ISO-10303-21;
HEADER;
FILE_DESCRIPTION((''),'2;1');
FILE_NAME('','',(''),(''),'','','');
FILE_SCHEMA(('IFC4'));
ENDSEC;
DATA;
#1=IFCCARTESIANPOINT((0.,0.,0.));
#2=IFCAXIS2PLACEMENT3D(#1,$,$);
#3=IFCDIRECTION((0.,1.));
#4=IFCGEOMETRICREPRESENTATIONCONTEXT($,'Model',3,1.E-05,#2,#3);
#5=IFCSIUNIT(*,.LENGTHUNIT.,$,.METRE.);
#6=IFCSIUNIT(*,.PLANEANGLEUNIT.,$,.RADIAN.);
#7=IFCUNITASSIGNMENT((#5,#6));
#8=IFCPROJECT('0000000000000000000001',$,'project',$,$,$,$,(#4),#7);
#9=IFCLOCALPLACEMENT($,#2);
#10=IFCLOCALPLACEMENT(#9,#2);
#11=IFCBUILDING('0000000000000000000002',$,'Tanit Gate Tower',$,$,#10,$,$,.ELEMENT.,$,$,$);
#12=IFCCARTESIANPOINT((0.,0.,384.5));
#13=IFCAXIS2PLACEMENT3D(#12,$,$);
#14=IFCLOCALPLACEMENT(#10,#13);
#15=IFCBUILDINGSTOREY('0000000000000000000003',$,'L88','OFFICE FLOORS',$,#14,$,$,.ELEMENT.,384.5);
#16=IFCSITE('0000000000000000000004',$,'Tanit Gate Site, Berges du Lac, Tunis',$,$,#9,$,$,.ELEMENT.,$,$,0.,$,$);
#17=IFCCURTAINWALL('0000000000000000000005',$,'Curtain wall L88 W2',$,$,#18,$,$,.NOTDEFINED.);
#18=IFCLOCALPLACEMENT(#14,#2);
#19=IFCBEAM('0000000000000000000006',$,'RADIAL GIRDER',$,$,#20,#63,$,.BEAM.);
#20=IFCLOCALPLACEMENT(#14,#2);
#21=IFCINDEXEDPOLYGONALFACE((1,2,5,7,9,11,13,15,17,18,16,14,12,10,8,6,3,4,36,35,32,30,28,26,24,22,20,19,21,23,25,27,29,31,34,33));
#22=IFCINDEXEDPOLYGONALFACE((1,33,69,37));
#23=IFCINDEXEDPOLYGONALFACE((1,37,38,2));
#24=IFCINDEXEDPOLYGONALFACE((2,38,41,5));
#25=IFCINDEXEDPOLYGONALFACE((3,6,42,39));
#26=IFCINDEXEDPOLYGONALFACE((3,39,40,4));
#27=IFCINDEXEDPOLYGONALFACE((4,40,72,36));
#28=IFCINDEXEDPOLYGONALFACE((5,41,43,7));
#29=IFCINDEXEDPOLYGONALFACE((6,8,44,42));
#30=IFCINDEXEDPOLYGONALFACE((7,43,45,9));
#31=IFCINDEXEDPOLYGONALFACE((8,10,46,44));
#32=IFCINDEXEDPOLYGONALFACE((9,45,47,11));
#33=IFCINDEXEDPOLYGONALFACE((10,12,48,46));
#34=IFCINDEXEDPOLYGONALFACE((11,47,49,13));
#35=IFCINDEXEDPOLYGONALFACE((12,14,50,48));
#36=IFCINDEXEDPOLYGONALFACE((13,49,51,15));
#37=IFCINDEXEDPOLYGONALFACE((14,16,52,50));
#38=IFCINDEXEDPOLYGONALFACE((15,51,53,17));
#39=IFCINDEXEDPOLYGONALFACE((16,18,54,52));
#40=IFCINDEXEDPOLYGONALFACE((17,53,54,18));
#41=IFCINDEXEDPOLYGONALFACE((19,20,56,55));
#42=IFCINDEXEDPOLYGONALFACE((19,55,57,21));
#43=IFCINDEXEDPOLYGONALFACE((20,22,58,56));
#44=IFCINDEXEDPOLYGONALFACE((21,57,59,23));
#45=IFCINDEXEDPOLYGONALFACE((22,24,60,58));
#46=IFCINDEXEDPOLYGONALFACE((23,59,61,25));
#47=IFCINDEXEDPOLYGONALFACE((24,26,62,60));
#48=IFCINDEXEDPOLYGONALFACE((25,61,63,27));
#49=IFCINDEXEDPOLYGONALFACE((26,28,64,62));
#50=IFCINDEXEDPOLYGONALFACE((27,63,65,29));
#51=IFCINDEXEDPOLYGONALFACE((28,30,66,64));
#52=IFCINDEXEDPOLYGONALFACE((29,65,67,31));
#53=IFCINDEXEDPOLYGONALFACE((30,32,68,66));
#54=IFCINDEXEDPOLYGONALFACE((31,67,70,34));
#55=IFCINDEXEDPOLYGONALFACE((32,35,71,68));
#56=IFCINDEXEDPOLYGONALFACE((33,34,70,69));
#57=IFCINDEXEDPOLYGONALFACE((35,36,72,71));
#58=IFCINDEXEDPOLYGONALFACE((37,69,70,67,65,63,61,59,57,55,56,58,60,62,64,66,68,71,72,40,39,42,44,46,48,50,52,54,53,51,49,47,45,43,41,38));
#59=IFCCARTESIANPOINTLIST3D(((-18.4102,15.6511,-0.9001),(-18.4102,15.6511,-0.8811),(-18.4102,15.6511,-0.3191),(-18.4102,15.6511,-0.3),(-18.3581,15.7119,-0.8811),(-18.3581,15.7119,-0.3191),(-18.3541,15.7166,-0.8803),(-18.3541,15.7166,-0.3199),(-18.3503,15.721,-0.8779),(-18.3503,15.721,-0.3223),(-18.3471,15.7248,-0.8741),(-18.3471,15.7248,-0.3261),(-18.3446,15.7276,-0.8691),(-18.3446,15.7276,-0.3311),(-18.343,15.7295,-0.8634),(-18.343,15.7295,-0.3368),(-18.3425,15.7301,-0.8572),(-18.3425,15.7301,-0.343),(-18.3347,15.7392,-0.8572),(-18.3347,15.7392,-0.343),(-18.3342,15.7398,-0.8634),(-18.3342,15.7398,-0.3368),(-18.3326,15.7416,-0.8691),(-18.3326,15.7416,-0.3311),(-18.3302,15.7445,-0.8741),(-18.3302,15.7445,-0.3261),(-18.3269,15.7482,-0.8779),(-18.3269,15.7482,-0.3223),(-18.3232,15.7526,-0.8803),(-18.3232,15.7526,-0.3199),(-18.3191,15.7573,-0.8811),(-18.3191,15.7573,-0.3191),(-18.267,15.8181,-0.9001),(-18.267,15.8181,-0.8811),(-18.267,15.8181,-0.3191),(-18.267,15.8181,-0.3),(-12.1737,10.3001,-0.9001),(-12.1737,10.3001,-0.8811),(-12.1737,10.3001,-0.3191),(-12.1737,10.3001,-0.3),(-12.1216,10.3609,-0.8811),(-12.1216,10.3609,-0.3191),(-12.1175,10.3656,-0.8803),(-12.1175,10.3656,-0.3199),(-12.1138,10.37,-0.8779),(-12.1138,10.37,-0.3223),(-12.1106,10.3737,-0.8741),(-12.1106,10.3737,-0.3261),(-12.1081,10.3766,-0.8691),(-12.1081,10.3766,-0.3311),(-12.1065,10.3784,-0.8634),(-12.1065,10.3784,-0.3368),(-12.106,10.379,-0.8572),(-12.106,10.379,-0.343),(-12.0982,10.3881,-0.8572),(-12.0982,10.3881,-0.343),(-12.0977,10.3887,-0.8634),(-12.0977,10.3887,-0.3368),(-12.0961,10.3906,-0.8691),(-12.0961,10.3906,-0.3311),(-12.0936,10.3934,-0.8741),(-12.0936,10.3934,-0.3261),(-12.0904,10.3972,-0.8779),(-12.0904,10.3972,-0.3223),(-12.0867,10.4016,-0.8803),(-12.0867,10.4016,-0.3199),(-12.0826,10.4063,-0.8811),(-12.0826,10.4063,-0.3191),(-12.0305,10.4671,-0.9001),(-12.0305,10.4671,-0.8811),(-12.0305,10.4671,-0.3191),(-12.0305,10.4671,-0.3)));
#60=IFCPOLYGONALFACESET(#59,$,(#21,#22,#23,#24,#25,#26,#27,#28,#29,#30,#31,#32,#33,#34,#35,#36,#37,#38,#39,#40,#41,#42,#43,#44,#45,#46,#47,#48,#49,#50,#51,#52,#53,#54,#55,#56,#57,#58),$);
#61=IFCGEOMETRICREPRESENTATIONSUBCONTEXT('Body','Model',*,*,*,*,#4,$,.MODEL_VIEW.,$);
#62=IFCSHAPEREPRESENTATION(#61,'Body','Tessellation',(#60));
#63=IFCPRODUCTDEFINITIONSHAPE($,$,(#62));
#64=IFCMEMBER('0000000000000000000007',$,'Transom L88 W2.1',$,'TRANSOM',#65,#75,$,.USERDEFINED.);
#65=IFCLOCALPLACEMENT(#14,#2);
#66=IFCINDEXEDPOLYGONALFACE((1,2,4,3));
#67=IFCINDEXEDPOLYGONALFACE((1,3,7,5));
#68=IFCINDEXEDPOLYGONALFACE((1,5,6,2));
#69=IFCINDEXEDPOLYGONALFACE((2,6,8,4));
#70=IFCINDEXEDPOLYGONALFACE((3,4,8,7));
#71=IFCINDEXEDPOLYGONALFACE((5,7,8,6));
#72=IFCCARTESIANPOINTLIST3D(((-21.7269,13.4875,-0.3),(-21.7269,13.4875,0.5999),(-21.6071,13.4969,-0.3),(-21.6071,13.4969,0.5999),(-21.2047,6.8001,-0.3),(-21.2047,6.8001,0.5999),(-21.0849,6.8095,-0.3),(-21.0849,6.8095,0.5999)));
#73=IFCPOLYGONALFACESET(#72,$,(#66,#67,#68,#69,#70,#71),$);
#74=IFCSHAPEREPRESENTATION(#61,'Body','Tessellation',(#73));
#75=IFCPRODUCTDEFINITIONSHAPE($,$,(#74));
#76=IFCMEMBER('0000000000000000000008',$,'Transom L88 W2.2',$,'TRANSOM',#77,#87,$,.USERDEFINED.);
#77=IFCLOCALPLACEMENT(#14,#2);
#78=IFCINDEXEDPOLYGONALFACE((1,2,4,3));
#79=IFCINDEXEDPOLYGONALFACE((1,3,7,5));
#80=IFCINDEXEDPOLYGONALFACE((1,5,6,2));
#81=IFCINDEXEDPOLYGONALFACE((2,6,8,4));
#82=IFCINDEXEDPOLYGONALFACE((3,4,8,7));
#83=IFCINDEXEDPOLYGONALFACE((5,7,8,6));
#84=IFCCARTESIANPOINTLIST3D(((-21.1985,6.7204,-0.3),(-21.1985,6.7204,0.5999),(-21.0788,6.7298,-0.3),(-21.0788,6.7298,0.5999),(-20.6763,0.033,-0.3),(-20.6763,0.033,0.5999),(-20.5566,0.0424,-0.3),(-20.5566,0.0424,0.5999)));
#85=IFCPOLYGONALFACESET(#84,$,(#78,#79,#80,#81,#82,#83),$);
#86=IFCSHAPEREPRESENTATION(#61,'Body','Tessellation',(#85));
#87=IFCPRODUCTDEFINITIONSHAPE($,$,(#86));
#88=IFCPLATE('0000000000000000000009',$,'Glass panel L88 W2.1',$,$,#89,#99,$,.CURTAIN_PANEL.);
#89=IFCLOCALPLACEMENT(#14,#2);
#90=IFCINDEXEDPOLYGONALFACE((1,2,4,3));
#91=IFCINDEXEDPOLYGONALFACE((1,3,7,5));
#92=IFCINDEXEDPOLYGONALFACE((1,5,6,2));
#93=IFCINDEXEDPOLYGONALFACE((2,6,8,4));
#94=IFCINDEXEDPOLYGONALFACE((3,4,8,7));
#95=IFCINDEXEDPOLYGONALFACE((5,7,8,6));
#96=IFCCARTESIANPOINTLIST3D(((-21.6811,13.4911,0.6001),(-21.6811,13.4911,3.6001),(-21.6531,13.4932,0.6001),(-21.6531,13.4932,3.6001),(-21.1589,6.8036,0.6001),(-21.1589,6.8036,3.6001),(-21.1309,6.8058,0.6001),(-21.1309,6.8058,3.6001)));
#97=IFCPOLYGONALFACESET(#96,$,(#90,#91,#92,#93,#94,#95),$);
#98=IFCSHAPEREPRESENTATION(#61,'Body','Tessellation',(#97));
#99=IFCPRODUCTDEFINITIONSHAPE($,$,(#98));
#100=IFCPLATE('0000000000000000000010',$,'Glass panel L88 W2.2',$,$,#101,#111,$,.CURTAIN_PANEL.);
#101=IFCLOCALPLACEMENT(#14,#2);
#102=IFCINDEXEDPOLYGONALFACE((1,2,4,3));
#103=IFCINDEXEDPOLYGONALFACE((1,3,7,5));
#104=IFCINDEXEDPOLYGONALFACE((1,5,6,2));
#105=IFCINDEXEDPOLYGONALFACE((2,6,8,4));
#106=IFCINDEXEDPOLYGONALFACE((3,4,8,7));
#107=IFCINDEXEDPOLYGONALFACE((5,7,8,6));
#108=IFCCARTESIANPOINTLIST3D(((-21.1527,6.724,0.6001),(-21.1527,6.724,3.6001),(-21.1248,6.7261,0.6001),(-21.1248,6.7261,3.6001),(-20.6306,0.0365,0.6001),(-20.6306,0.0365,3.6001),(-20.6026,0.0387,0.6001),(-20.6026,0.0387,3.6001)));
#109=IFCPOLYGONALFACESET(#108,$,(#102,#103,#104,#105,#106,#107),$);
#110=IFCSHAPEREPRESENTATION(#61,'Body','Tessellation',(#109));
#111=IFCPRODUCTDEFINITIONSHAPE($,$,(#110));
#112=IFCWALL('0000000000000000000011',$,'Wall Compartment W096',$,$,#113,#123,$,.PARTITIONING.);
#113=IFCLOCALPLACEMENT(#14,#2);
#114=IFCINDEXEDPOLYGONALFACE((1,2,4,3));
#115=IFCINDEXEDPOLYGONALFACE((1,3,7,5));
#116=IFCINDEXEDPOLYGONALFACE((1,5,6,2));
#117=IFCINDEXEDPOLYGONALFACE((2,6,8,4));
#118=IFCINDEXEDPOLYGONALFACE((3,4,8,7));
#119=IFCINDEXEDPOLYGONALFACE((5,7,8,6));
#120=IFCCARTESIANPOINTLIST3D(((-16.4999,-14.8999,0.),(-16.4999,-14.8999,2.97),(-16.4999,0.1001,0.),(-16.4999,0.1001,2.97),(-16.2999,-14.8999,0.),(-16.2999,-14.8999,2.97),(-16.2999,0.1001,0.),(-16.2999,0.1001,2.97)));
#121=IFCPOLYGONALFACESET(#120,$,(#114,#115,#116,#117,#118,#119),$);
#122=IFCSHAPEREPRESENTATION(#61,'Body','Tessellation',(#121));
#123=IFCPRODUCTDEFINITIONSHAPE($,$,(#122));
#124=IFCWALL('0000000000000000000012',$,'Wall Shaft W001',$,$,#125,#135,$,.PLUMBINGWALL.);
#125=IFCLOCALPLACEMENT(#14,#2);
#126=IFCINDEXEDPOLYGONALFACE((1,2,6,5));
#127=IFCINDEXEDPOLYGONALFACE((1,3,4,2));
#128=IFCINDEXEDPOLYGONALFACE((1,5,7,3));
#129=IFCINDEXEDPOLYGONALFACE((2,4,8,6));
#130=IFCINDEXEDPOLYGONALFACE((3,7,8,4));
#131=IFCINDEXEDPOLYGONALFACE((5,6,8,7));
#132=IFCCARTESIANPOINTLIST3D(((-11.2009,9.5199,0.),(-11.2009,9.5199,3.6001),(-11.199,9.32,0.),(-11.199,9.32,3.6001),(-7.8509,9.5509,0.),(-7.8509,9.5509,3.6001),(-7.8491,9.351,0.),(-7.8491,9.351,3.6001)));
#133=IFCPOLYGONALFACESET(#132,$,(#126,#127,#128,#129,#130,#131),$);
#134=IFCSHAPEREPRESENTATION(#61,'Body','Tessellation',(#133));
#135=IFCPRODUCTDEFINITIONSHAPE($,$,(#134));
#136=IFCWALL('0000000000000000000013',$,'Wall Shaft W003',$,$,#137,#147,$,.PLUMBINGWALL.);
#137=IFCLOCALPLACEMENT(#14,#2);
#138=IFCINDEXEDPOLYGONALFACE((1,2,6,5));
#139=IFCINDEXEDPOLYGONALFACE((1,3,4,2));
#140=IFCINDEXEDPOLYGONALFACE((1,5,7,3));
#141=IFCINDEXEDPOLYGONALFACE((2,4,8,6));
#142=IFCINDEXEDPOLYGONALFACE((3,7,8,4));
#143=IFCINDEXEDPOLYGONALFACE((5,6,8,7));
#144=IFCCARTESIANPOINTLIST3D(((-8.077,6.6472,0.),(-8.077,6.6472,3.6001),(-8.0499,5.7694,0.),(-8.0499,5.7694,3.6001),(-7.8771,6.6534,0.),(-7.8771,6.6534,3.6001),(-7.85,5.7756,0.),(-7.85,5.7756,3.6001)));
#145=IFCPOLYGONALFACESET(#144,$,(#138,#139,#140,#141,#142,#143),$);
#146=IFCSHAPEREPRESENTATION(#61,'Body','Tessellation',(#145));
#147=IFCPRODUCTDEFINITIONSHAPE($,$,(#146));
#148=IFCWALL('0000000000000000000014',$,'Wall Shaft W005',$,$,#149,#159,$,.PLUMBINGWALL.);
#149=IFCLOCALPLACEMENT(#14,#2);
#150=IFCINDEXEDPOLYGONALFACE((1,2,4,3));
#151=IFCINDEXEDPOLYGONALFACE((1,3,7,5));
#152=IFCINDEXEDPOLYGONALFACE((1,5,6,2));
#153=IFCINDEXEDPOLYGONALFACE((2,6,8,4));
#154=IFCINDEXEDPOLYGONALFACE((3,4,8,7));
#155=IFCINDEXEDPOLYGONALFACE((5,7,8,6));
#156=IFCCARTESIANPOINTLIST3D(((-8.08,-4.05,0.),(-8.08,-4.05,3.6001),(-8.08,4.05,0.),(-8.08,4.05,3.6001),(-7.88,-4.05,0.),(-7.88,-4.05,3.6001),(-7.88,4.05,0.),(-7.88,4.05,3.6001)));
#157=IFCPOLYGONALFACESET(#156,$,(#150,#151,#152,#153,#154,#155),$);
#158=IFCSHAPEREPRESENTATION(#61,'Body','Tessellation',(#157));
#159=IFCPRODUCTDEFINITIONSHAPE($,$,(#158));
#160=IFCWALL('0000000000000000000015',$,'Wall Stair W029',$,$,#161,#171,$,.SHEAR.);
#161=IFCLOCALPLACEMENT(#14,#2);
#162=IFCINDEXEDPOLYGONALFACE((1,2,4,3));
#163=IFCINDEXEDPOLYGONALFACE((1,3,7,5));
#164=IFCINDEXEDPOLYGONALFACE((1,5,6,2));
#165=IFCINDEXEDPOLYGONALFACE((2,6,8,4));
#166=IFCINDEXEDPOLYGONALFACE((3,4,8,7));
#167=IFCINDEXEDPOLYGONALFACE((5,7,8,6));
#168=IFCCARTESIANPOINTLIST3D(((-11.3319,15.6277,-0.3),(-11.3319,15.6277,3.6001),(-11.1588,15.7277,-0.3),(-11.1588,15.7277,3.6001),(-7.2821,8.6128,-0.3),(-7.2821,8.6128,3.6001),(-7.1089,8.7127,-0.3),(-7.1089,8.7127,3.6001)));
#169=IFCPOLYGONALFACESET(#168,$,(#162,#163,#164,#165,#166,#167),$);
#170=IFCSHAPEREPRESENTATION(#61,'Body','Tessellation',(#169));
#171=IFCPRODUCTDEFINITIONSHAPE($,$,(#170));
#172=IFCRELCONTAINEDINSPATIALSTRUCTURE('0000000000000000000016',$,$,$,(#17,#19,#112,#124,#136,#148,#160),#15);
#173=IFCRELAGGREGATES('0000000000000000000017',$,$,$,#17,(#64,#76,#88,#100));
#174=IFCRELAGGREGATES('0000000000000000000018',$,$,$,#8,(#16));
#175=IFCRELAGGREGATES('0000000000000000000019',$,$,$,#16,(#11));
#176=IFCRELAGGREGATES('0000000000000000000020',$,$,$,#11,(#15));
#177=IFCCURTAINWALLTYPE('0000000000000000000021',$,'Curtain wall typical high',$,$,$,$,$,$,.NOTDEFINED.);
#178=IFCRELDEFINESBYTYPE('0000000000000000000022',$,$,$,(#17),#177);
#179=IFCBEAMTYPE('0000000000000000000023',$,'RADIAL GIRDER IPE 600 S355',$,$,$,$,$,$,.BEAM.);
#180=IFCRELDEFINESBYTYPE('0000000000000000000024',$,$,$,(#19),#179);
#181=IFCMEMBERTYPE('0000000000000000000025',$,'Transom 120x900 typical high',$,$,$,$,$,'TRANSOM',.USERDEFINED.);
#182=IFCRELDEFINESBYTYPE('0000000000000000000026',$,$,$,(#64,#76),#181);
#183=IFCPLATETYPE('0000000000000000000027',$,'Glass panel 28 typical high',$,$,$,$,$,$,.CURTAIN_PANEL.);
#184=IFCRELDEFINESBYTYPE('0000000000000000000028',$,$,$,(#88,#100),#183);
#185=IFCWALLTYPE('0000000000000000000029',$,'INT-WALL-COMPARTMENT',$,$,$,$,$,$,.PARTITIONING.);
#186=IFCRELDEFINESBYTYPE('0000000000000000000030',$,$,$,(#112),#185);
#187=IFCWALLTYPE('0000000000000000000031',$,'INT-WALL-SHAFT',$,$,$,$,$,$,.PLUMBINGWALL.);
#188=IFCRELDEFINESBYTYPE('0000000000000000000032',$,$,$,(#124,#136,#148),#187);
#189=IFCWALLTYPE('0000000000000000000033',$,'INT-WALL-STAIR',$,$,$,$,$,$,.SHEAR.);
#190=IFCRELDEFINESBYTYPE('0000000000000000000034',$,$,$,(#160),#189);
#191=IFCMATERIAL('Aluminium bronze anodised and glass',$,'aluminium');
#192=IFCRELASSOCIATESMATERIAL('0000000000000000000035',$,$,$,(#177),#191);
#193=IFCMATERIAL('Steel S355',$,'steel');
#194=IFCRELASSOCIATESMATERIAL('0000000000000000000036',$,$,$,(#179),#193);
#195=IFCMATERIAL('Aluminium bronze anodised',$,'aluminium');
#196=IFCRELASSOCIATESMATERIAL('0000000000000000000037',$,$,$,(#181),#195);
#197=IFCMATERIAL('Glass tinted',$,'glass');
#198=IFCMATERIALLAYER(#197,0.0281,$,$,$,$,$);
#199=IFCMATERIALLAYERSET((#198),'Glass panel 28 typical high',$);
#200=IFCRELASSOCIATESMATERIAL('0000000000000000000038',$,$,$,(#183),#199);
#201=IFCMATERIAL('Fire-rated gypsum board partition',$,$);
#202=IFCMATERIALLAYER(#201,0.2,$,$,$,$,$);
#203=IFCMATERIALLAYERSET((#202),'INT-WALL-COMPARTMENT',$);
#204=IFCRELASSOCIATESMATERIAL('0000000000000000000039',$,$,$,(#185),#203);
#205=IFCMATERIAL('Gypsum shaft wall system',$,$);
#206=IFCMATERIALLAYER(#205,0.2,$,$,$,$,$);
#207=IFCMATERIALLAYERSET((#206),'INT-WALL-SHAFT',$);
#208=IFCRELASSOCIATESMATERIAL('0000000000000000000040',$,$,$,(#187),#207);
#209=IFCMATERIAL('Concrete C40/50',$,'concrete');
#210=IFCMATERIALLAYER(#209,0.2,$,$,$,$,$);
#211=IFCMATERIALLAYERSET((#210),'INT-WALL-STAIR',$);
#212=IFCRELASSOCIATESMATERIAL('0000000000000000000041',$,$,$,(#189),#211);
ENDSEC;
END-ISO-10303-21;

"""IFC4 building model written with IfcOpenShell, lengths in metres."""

from ifc_helpers import new_model, si_unit, direction, frame, frame_2d, origin, origin_2d, place, context, subcontext, project, spatial, rectangle, i_section, extrude, material, layer, layer_set, material_profile, profile_set, type_object, element, aggregate, save


model = new_model("IFC4")

# Units and contexts
model_context = context("Model", 3, precision=1e-05, world=origin(), true_north=direction((0.0, 1.0)))
body_context = subcontext(model_context, "Body", "Model", "MODEL_VIEW")
ifc_project = project(units=[si_unit("LENGTHUNIT", "METRE"), si_unit("PLANEANGLEUNIT", "RADIAN")], contexts=[model_context])

# Site, building, storey
site_placement = place(None, origin())
site = spatial("IfcSite", under=ifc_project, at=site_placement, Name="Tanit Gate Site, Berges du Lac, Tunis", CompositionType="ELEMENT", RefElevation=0.0)
building_placement = place(site_placement, origin())
building = spatial("IfcBuilding", under=site, at=building_placement, Name="Tanit Gate Tower", CompositionType="ELEMENT")
storey_placement = place(building_placement, frame((0.0, 0.0, 384.5)))
storey = spatial("IfcBuildingStorey", under=building, at=storey_placement, Name="L88", Description="OFFICE FLOORS", CompositionType="ELEMENT", Elevation=384.5)

# Curtain wall
ifc_material_1 = material(Name="Aluminium bronze anodised and glass", Category="aluminium")
curtain_wall_type = type_object("IfcCurtainWallType", Name="Curtain wall typical high", PredefinedType="NOTDEFINED", material=ifc_material_1)
curtain_wall_1_placement = place(storey_placement, origin())
curtain_wall_1 = element("IfcCurtainWall", 1, at=curtain_wall_1_placement, inside=storey, type_object=curtain_wall_type, Name="Curtain wall L88 W2", PredefinedType="NOTDEFINED")

# Beam
ifc_material_2 = material(Name="Steel S355", Category="steel")
ifc_material_profile_1 = material_profile(ifc_material_2, i_section(OverallWidth=0.22, OverallDepth=0.6001, WebThickness=0.012, FlangeThickness=0.019, FilletRadius=0.0239, at=origin_2d()), Name="IPE 600")
ifc_profile_set_1 = profile_set([ifc_material_profile_1], Name="Steel S355")
beam_type_1 = type_object("IfcBeamType", Name="RADIAL GIRDER IPE 600 S355", PredefinedType="BEAM", material=ifc_profile_set_1)
beam_1_placement = place(storey_placement, frame((-18.3386, 15.7346, -0.6001), z_axis=(0.758929, -0.651173, 0.0), x_axis=(0.651173, 0.758929, 0.0)))
element("IfcBeam", 2, at=beam_1_placement, inside=storey, type_object=beam_type_1, Name="RADIAL GIRDER", PredefinedType="BEAM", context=body_context, shape_type="SweptSolid", body=[
    extrude(i_section(OverallWidth=0.22, OverallDepth=0.6001, WebThickness=0.012, FlangeThickness=0.019, FilletRadius=0.0239, at=origin_2d()), origin(), (0.0, 0.0, 1.0), 8.2175),
])

# Members
ifc_material_3 = material(Name="Aluminium bronze anodised", Category="aluminium")
ifc_material_profile_2 = material_profile(ifc_material_3, rectangle(XDim=0.1201, YDim=0.8999, at=origin_2d()), Name="120x900 bronze transom")
ifc_profile_set_2 = profile_set([ifc_material_profile_2], Name="Aluminium bronze anodised")
member_type_1 = type_object("IfcMemberType", Name="Transom 120x900 typical high", ElementType="TRANSOM", PredefinedType="USERDEFINED", material=ifc_profile_set_2)
member_1_placement = place(storey_placement, frame((-21.667, 13.4922, 0.1499), z_axis=(0.077851, -0.996965, 0.0), x_axis=(0.996965, 0.077851, 0.0)))
member_1 = element("IfcMember", 3, at=member_1_placement, type_object=member_type_1, Name="Transom L88 W2.1", ObjectType="TRANSOM", PredefinedType="USERDEFINED", context=body_context, shape_type="SweptSolid", body=[
    extrude(rectangle(XDim=0.1201, YDim=0.8999, at=origin_2d()), origin(), (0.0, 0.0, 1.0), 6.7078),
])
member_2_placement = place(storey_placement, frame((-21.1387, 6.7251, 0.1499), z_axis=(0.077851, -0.996965, 0.0), x_axis=(0.996965, 0.077851, 0.0)))
member_2 = element("IfcMember", 4, at=member_2_placement, type_object=member_type_1, Name="Transom L88 W2.2", ObjectType="TRANSOM", PredefinedType="USERDEFINED", context=body_context, shape_type="SweptSolid", body=[
    extrude(rectangle(XDim=0.1201, YDim=0.8999, at=origin_2d()), origin(), (0.0, 0.0, 1.0), 6.7078),
])

# Plates
ifc_material_4 = material(Name="Glass tinted", Category="glass")
ifc_layer_1 = layer(ifc_material_4, 0.0281)
ifc_layer_set_1 = layer_set([ifc_layer_1], Name="Glass panel 28 typical high")
plate_type = type_object("IfcPlateType", Name="Glass panel 28 typical high", PredefinedType="CURTAIN_PANEL", material=ifc_layer_set_1)
plate_1_placement = place(storey_placement, frame((-21.406, 10.1484, 0.6001), z_axis=(0.0, 0.0, 1.0), x_axis=(0.077839, -0.996966, 0.0)))
plate_1 = element("IfcPlate", 5, at=plate_1_placement, type_object=plate_type, Name="Glass panel L88 W2.1", PredefinedType="CURTAIN_PANEL", context=body_context, shape_type="SweptSolid", body=[
    extrude(rectangle(XDim=6.7078, YDim=0.0281, at=origin_2d()), origin(), (0.0, 0.0, 1.0), 3.0),
])
plate_2_placement = place(storey_placement, frame((-20.8777, 3.3813, 0.6001), z_axis=(0.0, 0.0, 1.0), x_axis=(0.077839, -0.996966, 0.0)))
plate_2 = element("IfcPlate", 6, at=plate_2_placement, type_object=plate_type, Name="Glass panel L88 W2.2", PredefinedType="CURTAIN_PANEL", context=body_context, shape_type="SweptSolid", body=[
    extrude(rectangle(XDim=6.7078, YDim=0.0281, at=origin_2d()), origin(), (0.0, 0.0, 1.0), 3.0),
])
aggregate(curtain_wall_1, [member_1, member_2, plate_1, plate_2])

# Walls
ifc_material_5 = material(Name="Fire-rated gypsum board partition")
ifc_layer_2 = layer(ifc_material_5, 0.2)
ifc_layer_set_2 = layer_set([ifc_layer_2], Name="INT-WALL-COMPARTMENT")
wall_type_1 = type_object("IfcWallType", Name="INT-WALL-COMPARTMENT", PredefinedType="PARTITIONING", material=ifc_layer_set_2)
wall_1_placement = place(storey_placement, frame((-16.3999, 0.1001, 0.0), z_axis=(0.0, 0.0, 1.0), x_axis=(0.0, -1.0, 0.0)))
element("IfcWall", 7, at=wall_1_placement, inside=storey, type_object=wall_type_1, Name="Wall Compartment W096", PredefinedType="PARTITIONING", context=body_context, shape_type="SweptSolid", body=[
    extrude(rectangle(XDim=15.0, YDim=0.2, at=frame_2d((7.5, 0.0))), origin(), (0.0, 0.0, 1.0), 2.97),
])
ifc_material_6 = material(Name="Gypsum shaft wall system")
ifc_layer_3 = layer(ifc_material_6, 0.2)
ifc_layer_set_3 = layer_set([ifc_layer_3], Name="INT-WALL-SHAFT")
wall_type_2 = type_object("IfcWallType", Name="INT-WALL-SHAFT", PredefinedType="PLUMBINGWALL", material=ifc_layer_set_3)
wall_2_placement = place(storey_placement, frame((-11.2, 9.4199, 0.0), z_axis=(0.0, 0.0, 1.0), x_axis=(0.999957, 0.009255, 0.0)))
element("IfcWall", 8, at=wall_2_placement, inside=storey, type_object=wall_type_2, Name="Wall Shaft W001", PredefinedType="PLUMBINGWALL", context=body_context, shape_type="SweptSolid", body=[
    extrude(rectangle(XDim=3.3501, YDim=0.2, at=frame_2d((1.675, 0.0))), origin(), (0.0, 0.0, 1.0), 3.6001),
])
wall_3_placement = place(storey_placement, frame((-7.9771, 6.6501, 0.0), z_axis=(0.0, 0.0, 1.0), x_axis=(0.030862, -0.999524, 0.0)))
element("IfcWall", 9, at=wall_3_placement, inside=storey, type_object=wall_type_2, Name="Wall Shaft W003", PredefinedType="PLUMBINGWALL", context=body_context, shape_type="SweptSolid", body=[
    extrude(rectangle(XDim=0.8782, YDim=0.2, at=frame_2d((0.439, 0.0))), origin(), (0.0, 0.0, 1.0), 3.6001),
])
wall_4_placement = place(storey_placement, frame((-7.98, 4.05, 0.0), z_axis=(0.0, 0.0, 1.0), x_axis=(0.0, -1.0, 0.0)))
element("IfcWall", 10, at=wall_4_placement, inside=storey, type_object=wall_type_2, Name="Wall Shaft W005", PredefinedType="PLUMBINGWALL", context=body_context, shape_type="SweptSolid", body=[
    extrude(rectangle(XDim=8.1001, YDim=0.2, at=frame_2d((4.05, 0.0))), origin(), (0.0, 0.0, 1.0), 3.6001),
])
ifc_material_7 = material(Name="Concrete C40/50", Category="concrete")
ifc_layer_4 = layer(ifc_material_7, 0.2)
ifc_layer_set_4 = layer_set([ifc_layer_4], Name="INT-WALL-STAIR")
wall_type_3 = type_object("IfcWallType", Name="INT-WALL-STAIR", PredefinedType="SHEAR", material=ifc_layer_set_4)
wall_5_placement = place(storey_placement, frame((-11.2454, 15.6777, -0.3), z_axis=(0.0, 0.0, 1.0), x_axis=(0.499977, -0.866039, 0.0)))
element("IfcWall", 11, at=wall_5_placement, inside=storey, type_object=wall_type_3, Name="Wall Stair W029", PredefinedType="SHEAR", context=body_context, shape_type="SweptSolid", body=[
    extrude(rectangle(XDim=8.1001, YDim=0.2, at=frame_2d((4.05, 0.0))), origin(), (0.0, 0.0, 1.0), 3.9001),
])

save(model, "model.ifc")
